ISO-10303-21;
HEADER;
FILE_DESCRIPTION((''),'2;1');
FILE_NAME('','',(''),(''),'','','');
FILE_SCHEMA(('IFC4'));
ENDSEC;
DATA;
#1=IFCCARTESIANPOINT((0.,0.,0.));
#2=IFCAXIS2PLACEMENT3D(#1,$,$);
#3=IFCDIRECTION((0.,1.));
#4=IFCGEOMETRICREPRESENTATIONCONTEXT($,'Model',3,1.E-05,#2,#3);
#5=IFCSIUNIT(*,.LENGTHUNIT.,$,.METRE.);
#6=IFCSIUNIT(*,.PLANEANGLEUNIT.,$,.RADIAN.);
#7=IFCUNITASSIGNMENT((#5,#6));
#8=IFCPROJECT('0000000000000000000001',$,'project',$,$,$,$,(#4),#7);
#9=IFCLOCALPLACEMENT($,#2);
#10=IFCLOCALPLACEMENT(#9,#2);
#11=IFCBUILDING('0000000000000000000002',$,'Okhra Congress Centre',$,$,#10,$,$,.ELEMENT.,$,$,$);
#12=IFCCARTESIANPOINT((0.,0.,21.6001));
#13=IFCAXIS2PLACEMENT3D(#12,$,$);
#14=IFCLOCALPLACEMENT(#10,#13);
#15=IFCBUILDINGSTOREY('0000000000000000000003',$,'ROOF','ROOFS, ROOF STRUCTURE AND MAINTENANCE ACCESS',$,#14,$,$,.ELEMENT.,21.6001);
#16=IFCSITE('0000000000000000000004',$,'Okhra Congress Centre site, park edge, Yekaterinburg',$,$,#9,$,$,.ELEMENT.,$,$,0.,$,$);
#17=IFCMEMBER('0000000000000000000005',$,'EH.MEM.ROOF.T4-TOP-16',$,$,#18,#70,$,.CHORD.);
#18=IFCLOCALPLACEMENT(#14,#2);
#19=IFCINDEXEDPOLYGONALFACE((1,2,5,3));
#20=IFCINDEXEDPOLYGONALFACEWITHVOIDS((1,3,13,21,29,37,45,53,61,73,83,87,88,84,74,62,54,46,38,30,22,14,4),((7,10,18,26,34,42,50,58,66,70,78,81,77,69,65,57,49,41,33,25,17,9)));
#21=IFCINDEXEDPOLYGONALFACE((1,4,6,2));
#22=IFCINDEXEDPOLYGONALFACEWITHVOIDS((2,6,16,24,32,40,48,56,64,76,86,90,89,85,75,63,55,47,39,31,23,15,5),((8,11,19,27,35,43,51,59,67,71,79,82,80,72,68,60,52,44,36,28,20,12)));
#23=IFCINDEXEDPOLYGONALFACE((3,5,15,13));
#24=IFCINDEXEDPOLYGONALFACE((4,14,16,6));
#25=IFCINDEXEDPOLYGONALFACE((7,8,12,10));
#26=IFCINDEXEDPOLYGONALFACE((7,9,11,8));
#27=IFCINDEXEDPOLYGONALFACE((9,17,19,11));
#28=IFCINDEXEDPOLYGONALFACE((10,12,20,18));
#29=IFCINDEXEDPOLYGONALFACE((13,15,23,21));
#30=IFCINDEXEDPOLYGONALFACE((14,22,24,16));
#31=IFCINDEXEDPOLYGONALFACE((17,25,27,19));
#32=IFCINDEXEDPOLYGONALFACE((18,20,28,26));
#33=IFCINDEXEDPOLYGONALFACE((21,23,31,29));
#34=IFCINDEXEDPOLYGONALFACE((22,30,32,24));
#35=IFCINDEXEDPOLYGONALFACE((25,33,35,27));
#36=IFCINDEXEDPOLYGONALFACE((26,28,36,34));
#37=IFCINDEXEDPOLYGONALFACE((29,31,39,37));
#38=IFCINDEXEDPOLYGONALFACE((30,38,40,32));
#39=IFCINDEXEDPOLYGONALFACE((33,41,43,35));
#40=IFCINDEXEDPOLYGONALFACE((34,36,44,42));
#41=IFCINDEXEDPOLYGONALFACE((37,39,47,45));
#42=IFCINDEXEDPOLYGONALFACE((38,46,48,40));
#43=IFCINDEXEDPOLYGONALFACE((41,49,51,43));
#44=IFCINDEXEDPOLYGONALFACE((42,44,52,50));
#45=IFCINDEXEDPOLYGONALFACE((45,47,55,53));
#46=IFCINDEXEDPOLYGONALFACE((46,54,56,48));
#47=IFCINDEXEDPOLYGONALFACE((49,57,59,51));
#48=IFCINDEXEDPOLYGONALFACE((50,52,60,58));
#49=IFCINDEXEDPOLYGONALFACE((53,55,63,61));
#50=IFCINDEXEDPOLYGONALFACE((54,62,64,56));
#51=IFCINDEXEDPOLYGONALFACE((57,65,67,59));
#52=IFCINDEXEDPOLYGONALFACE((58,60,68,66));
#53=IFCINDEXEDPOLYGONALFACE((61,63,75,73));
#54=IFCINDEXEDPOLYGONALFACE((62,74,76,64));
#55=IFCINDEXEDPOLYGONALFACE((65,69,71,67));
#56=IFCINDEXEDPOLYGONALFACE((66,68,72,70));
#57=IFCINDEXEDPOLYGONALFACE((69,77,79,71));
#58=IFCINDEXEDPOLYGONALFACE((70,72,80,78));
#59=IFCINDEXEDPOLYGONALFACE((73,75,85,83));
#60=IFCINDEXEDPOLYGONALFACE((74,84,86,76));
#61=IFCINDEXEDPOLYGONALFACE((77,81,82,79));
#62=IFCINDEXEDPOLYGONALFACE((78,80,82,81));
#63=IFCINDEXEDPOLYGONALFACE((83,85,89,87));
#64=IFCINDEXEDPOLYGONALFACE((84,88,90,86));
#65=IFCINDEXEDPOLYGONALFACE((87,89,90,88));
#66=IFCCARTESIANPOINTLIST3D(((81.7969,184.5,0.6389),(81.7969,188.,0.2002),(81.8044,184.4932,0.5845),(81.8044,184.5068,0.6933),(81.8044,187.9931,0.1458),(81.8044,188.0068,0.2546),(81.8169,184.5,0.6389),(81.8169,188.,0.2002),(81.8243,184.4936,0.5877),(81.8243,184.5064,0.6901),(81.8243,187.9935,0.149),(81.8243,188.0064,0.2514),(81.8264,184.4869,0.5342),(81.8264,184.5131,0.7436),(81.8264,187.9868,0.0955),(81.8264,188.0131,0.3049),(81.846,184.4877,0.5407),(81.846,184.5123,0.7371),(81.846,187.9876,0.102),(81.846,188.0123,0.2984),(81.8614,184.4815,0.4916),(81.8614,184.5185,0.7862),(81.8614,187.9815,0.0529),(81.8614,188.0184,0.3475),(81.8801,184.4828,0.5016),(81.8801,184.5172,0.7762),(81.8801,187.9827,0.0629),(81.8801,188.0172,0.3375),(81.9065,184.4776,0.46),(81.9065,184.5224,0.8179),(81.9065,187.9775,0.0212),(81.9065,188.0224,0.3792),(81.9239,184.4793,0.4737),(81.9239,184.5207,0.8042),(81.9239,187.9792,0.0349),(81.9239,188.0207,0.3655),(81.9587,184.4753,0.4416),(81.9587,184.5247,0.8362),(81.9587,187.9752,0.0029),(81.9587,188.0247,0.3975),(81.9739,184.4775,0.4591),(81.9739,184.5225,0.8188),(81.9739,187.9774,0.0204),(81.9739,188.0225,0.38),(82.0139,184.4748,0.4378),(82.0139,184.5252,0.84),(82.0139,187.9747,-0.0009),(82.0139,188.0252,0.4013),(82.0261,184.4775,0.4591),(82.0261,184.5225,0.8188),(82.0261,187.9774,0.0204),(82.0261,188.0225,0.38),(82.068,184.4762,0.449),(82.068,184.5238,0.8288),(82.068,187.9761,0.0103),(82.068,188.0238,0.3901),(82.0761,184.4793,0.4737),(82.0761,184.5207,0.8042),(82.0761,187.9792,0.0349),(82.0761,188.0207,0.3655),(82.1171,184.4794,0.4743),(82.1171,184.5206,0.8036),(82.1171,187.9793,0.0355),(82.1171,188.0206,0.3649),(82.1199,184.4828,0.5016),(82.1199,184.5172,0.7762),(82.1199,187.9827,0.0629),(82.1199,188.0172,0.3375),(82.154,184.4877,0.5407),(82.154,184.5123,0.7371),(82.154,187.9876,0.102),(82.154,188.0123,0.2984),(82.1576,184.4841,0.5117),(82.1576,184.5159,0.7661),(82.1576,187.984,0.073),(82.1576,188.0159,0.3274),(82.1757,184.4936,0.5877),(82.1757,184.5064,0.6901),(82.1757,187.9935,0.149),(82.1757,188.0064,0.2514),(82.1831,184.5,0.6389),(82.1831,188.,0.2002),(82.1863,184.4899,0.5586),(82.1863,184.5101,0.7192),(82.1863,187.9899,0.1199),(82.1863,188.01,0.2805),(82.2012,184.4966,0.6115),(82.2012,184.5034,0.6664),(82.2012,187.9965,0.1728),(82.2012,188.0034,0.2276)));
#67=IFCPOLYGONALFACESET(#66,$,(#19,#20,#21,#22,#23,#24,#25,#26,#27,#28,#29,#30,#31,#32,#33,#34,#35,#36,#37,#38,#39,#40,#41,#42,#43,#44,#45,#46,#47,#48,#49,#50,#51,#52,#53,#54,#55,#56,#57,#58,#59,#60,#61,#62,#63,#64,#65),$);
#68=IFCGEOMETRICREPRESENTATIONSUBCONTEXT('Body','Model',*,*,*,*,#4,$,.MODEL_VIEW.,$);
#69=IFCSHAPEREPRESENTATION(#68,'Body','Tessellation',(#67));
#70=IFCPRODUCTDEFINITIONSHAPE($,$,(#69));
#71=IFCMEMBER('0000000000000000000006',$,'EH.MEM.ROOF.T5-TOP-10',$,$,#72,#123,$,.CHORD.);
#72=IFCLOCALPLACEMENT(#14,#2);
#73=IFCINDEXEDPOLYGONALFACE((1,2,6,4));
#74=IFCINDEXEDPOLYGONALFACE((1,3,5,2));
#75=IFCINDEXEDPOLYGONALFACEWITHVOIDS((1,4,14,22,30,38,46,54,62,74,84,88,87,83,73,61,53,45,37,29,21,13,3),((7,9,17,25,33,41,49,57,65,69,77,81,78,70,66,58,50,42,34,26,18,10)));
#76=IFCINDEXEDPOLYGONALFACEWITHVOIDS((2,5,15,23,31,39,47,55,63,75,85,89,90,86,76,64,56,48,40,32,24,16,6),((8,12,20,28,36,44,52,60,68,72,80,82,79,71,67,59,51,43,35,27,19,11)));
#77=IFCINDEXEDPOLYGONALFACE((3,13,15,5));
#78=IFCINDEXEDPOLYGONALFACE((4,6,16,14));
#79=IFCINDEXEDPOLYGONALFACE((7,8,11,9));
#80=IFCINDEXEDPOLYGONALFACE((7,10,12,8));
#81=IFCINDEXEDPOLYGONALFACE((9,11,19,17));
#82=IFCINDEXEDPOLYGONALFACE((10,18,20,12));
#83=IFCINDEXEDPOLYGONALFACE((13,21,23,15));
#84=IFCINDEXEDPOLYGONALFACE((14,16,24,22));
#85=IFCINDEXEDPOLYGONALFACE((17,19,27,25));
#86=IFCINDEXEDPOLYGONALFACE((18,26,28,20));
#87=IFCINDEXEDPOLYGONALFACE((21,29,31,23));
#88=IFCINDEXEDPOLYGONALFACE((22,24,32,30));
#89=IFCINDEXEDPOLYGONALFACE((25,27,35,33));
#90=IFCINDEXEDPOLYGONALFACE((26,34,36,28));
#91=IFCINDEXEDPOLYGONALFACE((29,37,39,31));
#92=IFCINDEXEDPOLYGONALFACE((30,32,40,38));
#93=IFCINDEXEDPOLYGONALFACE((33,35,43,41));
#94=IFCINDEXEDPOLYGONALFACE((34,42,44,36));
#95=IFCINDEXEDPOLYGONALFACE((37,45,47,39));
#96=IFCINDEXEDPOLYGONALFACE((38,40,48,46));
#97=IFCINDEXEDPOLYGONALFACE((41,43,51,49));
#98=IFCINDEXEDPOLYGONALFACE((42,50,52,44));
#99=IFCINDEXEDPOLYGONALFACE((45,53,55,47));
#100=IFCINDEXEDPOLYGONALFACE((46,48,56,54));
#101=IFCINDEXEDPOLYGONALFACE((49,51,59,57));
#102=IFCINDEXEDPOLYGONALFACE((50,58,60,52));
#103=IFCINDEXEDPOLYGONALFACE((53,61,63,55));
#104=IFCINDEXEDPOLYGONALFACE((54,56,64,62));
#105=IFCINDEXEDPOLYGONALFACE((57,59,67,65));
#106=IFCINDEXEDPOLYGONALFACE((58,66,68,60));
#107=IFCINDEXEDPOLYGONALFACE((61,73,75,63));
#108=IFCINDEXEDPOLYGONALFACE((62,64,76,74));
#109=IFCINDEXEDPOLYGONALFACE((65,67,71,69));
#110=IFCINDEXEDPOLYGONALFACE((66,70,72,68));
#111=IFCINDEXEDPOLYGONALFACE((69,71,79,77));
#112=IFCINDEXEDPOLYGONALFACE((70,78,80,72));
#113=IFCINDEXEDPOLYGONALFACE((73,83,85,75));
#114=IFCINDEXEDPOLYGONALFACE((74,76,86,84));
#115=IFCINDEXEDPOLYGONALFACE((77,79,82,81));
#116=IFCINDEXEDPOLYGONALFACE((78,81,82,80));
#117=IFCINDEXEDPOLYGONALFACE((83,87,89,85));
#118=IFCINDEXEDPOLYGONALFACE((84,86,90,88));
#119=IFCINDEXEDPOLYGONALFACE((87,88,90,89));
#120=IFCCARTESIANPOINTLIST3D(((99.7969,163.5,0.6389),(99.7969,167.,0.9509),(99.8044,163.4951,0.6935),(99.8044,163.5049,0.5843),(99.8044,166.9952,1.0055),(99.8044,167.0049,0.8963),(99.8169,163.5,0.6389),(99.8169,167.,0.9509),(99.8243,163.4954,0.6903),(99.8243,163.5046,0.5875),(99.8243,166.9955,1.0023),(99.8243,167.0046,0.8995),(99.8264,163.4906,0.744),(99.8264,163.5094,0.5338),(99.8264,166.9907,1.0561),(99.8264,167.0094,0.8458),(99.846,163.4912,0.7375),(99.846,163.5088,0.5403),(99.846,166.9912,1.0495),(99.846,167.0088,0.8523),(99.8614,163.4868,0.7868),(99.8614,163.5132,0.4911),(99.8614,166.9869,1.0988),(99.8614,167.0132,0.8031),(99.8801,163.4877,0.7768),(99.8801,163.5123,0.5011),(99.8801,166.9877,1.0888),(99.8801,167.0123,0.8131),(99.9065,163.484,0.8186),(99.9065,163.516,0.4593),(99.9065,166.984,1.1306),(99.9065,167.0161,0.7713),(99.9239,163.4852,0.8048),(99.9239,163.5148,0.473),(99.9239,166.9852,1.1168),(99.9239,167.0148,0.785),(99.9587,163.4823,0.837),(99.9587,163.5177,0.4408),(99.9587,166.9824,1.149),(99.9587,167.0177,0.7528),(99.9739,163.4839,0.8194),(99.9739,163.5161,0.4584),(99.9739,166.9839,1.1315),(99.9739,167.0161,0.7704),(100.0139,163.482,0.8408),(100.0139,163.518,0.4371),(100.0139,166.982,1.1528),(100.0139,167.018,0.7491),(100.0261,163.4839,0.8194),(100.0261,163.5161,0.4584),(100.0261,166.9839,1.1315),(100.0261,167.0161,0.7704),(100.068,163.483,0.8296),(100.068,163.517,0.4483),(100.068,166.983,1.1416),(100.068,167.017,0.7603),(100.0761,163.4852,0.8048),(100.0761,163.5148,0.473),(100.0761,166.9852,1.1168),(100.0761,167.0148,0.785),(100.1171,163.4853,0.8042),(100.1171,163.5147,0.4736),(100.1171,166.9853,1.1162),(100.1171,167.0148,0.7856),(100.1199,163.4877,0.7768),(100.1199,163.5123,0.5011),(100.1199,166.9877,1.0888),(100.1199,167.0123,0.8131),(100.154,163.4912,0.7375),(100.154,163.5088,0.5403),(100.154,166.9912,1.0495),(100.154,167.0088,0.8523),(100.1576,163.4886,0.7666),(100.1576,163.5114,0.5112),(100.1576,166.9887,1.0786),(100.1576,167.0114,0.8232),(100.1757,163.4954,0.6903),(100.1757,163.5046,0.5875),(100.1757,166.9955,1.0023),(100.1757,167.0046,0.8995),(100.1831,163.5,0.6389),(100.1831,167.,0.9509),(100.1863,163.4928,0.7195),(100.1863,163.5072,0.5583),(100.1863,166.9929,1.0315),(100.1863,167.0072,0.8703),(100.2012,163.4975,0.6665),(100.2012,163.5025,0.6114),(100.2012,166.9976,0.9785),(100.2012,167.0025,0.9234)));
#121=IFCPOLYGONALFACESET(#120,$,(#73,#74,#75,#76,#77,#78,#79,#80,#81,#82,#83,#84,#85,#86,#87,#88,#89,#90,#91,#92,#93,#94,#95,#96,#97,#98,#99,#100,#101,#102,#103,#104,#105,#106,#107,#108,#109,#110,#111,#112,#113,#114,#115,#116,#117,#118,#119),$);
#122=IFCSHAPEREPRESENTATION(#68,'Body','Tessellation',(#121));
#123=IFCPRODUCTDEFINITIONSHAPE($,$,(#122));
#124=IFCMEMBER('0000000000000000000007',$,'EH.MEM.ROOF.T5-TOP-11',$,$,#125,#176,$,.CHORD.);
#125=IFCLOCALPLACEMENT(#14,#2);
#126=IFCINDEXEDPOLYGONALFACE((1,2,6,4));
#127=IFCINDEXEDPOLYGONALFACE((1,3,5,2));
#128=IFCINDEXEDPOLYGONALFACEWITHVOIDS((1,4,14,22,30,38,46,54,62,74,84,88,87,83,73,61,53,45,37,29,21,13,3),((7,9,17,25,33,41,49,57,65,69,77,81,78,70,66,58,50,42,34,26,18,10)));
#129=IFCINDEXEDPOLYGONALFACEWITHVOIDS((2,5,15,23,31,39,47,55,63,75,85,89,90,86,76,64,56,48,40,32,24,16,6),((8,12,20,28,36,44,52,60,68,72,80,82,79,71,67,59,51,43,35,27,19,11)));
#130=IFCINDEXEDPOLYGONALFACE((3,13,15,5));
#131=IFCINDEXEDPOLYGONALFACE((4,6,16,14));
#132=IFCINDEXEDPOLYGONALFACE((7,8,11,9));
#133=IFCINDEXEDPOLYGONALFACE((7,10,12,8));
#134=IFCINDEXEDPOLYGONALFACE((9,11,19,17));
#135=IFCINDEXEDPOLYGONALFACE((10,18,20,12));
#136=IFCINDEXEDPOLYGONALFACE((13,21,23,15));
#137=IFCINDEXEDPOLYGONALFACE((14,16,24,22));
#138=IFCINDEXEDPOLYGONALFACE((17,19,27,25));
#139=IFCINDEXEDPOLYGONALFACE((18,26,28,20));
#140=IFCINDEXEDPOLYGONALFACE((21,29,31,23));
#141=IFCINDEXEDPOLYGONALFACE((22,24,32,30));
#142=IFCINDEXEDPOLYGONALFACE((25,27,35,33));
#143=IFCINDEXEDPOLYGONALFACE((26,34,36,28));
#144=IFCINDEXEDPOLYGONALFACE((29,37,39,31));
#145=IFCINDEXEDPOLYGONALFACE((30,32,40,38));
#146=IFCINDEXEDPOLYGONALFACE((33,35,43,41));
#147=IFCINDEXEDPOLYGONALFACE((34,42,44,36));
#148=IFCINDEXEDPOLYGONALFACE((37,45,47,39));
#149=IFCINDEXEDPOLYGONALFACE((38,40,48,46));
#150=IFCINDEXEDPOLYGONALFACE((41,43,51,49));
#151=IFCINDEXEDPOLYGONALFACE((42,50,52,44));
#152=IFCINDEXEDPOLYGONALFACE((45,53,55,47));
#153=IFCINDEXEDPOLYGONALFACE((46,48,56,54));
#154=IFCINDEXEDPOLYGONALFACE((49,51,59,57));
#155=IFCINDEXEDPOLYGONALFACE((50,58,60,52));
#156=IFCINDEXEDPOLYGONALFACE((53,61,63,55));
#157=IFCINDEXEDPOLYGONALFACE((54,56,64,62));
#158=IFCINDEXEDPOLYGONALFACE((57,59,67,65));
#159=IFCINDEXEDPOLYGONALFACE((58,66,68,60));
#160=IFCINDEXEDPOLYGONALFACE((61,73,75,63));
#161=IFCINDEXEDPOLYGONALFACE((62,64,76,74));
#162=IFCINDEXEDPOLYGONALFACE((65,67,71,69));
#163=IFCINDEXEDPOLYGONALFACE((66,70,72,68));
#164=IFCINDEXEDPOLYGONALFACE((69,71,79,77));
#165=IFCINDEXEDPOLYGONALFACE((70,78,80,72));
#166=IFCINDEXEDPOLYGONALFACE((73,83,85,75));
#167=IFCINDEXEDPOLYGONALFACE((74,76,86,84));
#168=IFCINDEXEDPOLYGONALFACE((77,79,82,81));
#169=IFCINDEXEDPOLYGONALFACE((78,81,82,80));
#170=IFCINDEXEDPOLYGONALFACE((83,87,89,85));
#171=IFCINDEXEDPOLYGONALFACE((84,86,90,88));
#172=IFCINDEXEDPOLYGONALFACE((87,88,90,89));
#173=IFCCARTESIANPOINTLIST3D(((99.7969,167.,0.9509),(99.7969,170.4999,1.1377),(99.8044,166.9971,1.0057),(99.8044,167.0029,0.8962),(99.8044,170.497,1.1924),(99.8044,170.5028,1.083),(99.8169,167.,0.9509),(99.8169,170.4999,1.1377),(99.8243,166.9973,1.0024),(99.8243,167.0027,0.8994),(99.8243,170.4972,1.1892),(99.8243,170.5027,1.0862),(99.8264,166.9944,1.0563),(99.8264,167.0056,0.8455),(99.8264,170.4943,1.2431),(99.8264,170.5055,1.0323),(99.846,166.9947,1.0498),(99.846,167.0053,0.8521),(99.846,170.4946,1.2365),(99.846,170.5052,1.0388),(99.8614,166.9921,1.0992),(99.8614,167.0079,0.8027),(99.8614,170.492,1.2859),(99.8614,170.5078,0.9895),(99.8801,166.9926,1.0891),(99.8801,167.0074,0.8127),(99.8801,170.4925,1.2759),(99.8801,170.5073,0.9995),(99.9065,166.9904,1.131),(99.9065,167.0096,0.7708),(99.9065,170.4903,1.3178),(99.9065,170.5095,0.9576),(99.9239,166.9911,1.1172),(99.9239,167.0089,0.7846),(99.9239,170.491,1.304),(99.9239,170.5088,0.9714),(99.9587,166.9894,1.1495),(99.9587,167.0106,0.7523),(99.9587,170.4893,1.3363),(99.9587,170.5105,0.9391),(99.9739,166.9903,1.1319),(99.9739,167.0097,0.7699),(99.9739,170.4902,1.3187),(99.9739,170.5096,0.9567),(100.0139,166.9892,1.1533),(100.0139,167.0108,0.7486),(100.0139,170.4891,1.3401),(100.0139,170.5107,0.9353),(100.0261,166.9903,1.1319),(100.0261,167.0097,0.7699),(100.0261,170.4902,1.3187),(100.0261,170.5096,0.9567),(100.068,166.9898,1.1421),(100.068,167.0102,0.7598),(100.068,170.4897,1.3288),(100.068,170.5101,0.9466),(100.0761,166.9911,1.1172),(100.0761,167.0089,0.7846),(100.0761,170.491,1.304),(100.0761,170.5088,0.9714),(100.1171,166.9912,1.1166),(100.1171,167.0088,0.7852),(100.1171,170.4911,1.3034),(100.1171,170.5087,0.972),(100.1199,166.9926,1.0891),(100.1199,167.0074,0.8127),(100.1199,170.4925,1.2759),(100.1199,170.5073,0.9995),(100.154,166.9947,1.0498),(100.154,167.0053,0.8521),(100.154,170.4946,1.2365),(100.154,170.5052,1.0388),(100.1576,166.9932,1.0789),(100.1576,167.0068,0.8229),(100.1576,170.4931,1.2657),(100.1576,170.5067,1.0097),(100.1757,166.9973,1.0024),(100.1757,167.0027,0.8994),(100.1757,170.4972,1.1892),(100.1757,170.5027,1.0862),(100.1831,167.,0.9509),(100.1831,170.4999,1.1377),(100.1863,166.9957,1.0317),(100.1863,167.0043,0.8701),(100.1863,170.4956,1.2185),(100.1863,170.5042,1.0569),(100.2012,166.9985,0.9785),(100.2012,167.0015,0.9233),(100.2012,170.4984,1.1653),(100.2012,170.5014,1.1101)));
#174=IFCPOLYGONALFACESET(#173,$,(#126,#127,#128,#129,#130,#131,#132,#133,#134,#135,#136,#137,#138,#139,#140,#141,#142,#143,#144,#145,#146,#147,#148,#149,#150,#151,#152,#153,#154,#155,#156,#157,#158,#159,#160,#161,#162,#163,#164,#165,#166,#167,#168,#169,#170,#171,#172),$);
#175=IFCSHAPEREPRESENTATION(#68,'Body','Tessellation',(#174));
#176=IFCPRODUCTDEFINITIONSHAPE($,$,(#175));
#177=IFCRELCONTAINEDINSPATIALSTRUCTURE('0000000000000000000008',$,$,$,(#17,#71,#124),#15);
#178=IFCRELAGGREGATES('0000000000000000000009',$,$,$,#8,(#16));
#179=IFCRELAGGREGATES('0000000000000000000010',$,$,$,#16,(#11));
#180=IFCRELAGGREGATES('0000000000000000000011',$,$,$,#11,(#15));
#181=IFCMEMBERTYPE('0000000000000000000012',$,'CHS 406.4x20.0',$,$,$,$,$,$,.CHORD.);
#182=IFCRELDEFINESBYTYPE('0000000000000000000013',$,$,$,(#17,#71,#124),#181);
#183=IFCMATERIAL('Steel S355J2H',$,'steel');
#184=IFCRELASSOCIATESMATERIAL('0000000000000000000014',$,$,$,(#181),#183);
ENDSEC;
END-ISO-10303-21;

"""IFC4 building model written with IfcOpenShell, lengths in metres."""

from ifc_helpers import new_model, si_unit, direction, frame, origin, origin_2d, place, context, subcontext, project, spatial, hollow_circle, extrude, material, material_profile, profile_set, type_object, element, save


model = new_model("IFC4")

# Units and contexts
model_context = context("Model", 3, precision=1e-05, world=origin(), true_north=direction((0.0, 1.0)))
body_context = subcontext(model_context, "Body", "Model", "MODEL_VIEW")
ifc_project = project(units=[si_unit("LENGTHUNIT", "METRE"), si_unit("PLANEANGLEUNIT", "RADIAN")], contexts=[model_context])

# Site, building, storey
site_placement = place(None, origin())
site = spatial("IfcSite", under=ifc_project, at=site_placement, Name="Okhra Congress Centre site, park edge, Yekaterinburg", CompositionType="ELEMENT", RefElevation=0.0)
building_placement = place(site_placement, origin())
building = spatial("IfcBuilding", under=site, at=building_placement, Name="Okhra Congress Centre", CompositionType="ELEMENT")
storey_placement = place(building_placement, frame((0.0, 0.0, 21.6001)))
storey = spatial("IfcBuildingStorey", under=building, at=storey_placement, Name="ROOF", Description="ROOFS, ROOF STRUCTURE AND MAINTENANCE ACCESS", CompositionType="ELEMENT", Elevation=21.6001)

# Members
ifc_material_1 = material(Name="Steel S355J2H", Category="steel")
ifc_material_profile_1 = material_profile(ifc_material_1, hollow_circle(Radius=0.2031, WallThickness=0.02, at=origin_2d()), Name="CHS 406.4x20.0")
ifc_profile_set_1 = profile_set([ifc_material_profile_1], Name="Steel S355J2H")
member_type_1 = type_object("IfcMemberType", Name="CHS 406.4x20.0", PredefinedType="CHORD", material=ifc_profile_set_1)
member_1_placement = place(storey_placement, frame((82.0, 184.5, 0.6389), z_axis=(0.0, 0.992235, -0.124375), x_axis=(-1.0, 0.0, 0.0)))
element("IfcMember", 1, at=member_1_placement, inside=storey, type_object=member_type_1, Name="EH.MEM.ROOF.T4-TOP-16", PredefinedType="CHORD", context=body_context, shape_type="SweptSolid", body=[
    extrude(hollow_circle(Radius=0.2031, WallThickness=0.02, at=origin_2d()), origin(), (0.0, 0.0, 1.0), 3.5273),
])
member_2_placement = place(storey_placement, frame((100.0, 163.5, 0.6389), z_axis=(0.0, 0.99605, 0.088794), x_axis=(-1.0, 0.0, 0.0)))
element("IfcMember", 2, at=member_2_placement, inside=storey, type_object=member_type_1, Name="EH.MEM.ROOF.T5-TOP-10", PredefinedType="CHORD", context=body_context, shape_type="SweptSolid", body=[
    extrude(hollow_circle(Radius=0.2031, WallThickness=0.02, at=origin_2d()), origin(), (0.0, 0.0, 1.0), 3.5139),
])
member_3_placement = place(storey_placement, frame((100.0, 167.0, 0.9509), z_axis=(0.0, 0.998579, 0.053286), x_axis=(-1.0, 0.0, 0.0)))
element("IfcMember", 3, at=member_3_placement, inside=storey, type_object=member_type_1, Name="EH.MEM.ROOF.T5-TOP-11", PredefinedType="CHORD", context=body_context, shape_type="SweptSolid", body=[
    extrude(hollow_circle(Radius=0.2031, WallThickness=0.02, at=origin_2d()), origin(), (0.0, 0.0, 1.0), 3.5049),
])

save(model, "model.ifc")
